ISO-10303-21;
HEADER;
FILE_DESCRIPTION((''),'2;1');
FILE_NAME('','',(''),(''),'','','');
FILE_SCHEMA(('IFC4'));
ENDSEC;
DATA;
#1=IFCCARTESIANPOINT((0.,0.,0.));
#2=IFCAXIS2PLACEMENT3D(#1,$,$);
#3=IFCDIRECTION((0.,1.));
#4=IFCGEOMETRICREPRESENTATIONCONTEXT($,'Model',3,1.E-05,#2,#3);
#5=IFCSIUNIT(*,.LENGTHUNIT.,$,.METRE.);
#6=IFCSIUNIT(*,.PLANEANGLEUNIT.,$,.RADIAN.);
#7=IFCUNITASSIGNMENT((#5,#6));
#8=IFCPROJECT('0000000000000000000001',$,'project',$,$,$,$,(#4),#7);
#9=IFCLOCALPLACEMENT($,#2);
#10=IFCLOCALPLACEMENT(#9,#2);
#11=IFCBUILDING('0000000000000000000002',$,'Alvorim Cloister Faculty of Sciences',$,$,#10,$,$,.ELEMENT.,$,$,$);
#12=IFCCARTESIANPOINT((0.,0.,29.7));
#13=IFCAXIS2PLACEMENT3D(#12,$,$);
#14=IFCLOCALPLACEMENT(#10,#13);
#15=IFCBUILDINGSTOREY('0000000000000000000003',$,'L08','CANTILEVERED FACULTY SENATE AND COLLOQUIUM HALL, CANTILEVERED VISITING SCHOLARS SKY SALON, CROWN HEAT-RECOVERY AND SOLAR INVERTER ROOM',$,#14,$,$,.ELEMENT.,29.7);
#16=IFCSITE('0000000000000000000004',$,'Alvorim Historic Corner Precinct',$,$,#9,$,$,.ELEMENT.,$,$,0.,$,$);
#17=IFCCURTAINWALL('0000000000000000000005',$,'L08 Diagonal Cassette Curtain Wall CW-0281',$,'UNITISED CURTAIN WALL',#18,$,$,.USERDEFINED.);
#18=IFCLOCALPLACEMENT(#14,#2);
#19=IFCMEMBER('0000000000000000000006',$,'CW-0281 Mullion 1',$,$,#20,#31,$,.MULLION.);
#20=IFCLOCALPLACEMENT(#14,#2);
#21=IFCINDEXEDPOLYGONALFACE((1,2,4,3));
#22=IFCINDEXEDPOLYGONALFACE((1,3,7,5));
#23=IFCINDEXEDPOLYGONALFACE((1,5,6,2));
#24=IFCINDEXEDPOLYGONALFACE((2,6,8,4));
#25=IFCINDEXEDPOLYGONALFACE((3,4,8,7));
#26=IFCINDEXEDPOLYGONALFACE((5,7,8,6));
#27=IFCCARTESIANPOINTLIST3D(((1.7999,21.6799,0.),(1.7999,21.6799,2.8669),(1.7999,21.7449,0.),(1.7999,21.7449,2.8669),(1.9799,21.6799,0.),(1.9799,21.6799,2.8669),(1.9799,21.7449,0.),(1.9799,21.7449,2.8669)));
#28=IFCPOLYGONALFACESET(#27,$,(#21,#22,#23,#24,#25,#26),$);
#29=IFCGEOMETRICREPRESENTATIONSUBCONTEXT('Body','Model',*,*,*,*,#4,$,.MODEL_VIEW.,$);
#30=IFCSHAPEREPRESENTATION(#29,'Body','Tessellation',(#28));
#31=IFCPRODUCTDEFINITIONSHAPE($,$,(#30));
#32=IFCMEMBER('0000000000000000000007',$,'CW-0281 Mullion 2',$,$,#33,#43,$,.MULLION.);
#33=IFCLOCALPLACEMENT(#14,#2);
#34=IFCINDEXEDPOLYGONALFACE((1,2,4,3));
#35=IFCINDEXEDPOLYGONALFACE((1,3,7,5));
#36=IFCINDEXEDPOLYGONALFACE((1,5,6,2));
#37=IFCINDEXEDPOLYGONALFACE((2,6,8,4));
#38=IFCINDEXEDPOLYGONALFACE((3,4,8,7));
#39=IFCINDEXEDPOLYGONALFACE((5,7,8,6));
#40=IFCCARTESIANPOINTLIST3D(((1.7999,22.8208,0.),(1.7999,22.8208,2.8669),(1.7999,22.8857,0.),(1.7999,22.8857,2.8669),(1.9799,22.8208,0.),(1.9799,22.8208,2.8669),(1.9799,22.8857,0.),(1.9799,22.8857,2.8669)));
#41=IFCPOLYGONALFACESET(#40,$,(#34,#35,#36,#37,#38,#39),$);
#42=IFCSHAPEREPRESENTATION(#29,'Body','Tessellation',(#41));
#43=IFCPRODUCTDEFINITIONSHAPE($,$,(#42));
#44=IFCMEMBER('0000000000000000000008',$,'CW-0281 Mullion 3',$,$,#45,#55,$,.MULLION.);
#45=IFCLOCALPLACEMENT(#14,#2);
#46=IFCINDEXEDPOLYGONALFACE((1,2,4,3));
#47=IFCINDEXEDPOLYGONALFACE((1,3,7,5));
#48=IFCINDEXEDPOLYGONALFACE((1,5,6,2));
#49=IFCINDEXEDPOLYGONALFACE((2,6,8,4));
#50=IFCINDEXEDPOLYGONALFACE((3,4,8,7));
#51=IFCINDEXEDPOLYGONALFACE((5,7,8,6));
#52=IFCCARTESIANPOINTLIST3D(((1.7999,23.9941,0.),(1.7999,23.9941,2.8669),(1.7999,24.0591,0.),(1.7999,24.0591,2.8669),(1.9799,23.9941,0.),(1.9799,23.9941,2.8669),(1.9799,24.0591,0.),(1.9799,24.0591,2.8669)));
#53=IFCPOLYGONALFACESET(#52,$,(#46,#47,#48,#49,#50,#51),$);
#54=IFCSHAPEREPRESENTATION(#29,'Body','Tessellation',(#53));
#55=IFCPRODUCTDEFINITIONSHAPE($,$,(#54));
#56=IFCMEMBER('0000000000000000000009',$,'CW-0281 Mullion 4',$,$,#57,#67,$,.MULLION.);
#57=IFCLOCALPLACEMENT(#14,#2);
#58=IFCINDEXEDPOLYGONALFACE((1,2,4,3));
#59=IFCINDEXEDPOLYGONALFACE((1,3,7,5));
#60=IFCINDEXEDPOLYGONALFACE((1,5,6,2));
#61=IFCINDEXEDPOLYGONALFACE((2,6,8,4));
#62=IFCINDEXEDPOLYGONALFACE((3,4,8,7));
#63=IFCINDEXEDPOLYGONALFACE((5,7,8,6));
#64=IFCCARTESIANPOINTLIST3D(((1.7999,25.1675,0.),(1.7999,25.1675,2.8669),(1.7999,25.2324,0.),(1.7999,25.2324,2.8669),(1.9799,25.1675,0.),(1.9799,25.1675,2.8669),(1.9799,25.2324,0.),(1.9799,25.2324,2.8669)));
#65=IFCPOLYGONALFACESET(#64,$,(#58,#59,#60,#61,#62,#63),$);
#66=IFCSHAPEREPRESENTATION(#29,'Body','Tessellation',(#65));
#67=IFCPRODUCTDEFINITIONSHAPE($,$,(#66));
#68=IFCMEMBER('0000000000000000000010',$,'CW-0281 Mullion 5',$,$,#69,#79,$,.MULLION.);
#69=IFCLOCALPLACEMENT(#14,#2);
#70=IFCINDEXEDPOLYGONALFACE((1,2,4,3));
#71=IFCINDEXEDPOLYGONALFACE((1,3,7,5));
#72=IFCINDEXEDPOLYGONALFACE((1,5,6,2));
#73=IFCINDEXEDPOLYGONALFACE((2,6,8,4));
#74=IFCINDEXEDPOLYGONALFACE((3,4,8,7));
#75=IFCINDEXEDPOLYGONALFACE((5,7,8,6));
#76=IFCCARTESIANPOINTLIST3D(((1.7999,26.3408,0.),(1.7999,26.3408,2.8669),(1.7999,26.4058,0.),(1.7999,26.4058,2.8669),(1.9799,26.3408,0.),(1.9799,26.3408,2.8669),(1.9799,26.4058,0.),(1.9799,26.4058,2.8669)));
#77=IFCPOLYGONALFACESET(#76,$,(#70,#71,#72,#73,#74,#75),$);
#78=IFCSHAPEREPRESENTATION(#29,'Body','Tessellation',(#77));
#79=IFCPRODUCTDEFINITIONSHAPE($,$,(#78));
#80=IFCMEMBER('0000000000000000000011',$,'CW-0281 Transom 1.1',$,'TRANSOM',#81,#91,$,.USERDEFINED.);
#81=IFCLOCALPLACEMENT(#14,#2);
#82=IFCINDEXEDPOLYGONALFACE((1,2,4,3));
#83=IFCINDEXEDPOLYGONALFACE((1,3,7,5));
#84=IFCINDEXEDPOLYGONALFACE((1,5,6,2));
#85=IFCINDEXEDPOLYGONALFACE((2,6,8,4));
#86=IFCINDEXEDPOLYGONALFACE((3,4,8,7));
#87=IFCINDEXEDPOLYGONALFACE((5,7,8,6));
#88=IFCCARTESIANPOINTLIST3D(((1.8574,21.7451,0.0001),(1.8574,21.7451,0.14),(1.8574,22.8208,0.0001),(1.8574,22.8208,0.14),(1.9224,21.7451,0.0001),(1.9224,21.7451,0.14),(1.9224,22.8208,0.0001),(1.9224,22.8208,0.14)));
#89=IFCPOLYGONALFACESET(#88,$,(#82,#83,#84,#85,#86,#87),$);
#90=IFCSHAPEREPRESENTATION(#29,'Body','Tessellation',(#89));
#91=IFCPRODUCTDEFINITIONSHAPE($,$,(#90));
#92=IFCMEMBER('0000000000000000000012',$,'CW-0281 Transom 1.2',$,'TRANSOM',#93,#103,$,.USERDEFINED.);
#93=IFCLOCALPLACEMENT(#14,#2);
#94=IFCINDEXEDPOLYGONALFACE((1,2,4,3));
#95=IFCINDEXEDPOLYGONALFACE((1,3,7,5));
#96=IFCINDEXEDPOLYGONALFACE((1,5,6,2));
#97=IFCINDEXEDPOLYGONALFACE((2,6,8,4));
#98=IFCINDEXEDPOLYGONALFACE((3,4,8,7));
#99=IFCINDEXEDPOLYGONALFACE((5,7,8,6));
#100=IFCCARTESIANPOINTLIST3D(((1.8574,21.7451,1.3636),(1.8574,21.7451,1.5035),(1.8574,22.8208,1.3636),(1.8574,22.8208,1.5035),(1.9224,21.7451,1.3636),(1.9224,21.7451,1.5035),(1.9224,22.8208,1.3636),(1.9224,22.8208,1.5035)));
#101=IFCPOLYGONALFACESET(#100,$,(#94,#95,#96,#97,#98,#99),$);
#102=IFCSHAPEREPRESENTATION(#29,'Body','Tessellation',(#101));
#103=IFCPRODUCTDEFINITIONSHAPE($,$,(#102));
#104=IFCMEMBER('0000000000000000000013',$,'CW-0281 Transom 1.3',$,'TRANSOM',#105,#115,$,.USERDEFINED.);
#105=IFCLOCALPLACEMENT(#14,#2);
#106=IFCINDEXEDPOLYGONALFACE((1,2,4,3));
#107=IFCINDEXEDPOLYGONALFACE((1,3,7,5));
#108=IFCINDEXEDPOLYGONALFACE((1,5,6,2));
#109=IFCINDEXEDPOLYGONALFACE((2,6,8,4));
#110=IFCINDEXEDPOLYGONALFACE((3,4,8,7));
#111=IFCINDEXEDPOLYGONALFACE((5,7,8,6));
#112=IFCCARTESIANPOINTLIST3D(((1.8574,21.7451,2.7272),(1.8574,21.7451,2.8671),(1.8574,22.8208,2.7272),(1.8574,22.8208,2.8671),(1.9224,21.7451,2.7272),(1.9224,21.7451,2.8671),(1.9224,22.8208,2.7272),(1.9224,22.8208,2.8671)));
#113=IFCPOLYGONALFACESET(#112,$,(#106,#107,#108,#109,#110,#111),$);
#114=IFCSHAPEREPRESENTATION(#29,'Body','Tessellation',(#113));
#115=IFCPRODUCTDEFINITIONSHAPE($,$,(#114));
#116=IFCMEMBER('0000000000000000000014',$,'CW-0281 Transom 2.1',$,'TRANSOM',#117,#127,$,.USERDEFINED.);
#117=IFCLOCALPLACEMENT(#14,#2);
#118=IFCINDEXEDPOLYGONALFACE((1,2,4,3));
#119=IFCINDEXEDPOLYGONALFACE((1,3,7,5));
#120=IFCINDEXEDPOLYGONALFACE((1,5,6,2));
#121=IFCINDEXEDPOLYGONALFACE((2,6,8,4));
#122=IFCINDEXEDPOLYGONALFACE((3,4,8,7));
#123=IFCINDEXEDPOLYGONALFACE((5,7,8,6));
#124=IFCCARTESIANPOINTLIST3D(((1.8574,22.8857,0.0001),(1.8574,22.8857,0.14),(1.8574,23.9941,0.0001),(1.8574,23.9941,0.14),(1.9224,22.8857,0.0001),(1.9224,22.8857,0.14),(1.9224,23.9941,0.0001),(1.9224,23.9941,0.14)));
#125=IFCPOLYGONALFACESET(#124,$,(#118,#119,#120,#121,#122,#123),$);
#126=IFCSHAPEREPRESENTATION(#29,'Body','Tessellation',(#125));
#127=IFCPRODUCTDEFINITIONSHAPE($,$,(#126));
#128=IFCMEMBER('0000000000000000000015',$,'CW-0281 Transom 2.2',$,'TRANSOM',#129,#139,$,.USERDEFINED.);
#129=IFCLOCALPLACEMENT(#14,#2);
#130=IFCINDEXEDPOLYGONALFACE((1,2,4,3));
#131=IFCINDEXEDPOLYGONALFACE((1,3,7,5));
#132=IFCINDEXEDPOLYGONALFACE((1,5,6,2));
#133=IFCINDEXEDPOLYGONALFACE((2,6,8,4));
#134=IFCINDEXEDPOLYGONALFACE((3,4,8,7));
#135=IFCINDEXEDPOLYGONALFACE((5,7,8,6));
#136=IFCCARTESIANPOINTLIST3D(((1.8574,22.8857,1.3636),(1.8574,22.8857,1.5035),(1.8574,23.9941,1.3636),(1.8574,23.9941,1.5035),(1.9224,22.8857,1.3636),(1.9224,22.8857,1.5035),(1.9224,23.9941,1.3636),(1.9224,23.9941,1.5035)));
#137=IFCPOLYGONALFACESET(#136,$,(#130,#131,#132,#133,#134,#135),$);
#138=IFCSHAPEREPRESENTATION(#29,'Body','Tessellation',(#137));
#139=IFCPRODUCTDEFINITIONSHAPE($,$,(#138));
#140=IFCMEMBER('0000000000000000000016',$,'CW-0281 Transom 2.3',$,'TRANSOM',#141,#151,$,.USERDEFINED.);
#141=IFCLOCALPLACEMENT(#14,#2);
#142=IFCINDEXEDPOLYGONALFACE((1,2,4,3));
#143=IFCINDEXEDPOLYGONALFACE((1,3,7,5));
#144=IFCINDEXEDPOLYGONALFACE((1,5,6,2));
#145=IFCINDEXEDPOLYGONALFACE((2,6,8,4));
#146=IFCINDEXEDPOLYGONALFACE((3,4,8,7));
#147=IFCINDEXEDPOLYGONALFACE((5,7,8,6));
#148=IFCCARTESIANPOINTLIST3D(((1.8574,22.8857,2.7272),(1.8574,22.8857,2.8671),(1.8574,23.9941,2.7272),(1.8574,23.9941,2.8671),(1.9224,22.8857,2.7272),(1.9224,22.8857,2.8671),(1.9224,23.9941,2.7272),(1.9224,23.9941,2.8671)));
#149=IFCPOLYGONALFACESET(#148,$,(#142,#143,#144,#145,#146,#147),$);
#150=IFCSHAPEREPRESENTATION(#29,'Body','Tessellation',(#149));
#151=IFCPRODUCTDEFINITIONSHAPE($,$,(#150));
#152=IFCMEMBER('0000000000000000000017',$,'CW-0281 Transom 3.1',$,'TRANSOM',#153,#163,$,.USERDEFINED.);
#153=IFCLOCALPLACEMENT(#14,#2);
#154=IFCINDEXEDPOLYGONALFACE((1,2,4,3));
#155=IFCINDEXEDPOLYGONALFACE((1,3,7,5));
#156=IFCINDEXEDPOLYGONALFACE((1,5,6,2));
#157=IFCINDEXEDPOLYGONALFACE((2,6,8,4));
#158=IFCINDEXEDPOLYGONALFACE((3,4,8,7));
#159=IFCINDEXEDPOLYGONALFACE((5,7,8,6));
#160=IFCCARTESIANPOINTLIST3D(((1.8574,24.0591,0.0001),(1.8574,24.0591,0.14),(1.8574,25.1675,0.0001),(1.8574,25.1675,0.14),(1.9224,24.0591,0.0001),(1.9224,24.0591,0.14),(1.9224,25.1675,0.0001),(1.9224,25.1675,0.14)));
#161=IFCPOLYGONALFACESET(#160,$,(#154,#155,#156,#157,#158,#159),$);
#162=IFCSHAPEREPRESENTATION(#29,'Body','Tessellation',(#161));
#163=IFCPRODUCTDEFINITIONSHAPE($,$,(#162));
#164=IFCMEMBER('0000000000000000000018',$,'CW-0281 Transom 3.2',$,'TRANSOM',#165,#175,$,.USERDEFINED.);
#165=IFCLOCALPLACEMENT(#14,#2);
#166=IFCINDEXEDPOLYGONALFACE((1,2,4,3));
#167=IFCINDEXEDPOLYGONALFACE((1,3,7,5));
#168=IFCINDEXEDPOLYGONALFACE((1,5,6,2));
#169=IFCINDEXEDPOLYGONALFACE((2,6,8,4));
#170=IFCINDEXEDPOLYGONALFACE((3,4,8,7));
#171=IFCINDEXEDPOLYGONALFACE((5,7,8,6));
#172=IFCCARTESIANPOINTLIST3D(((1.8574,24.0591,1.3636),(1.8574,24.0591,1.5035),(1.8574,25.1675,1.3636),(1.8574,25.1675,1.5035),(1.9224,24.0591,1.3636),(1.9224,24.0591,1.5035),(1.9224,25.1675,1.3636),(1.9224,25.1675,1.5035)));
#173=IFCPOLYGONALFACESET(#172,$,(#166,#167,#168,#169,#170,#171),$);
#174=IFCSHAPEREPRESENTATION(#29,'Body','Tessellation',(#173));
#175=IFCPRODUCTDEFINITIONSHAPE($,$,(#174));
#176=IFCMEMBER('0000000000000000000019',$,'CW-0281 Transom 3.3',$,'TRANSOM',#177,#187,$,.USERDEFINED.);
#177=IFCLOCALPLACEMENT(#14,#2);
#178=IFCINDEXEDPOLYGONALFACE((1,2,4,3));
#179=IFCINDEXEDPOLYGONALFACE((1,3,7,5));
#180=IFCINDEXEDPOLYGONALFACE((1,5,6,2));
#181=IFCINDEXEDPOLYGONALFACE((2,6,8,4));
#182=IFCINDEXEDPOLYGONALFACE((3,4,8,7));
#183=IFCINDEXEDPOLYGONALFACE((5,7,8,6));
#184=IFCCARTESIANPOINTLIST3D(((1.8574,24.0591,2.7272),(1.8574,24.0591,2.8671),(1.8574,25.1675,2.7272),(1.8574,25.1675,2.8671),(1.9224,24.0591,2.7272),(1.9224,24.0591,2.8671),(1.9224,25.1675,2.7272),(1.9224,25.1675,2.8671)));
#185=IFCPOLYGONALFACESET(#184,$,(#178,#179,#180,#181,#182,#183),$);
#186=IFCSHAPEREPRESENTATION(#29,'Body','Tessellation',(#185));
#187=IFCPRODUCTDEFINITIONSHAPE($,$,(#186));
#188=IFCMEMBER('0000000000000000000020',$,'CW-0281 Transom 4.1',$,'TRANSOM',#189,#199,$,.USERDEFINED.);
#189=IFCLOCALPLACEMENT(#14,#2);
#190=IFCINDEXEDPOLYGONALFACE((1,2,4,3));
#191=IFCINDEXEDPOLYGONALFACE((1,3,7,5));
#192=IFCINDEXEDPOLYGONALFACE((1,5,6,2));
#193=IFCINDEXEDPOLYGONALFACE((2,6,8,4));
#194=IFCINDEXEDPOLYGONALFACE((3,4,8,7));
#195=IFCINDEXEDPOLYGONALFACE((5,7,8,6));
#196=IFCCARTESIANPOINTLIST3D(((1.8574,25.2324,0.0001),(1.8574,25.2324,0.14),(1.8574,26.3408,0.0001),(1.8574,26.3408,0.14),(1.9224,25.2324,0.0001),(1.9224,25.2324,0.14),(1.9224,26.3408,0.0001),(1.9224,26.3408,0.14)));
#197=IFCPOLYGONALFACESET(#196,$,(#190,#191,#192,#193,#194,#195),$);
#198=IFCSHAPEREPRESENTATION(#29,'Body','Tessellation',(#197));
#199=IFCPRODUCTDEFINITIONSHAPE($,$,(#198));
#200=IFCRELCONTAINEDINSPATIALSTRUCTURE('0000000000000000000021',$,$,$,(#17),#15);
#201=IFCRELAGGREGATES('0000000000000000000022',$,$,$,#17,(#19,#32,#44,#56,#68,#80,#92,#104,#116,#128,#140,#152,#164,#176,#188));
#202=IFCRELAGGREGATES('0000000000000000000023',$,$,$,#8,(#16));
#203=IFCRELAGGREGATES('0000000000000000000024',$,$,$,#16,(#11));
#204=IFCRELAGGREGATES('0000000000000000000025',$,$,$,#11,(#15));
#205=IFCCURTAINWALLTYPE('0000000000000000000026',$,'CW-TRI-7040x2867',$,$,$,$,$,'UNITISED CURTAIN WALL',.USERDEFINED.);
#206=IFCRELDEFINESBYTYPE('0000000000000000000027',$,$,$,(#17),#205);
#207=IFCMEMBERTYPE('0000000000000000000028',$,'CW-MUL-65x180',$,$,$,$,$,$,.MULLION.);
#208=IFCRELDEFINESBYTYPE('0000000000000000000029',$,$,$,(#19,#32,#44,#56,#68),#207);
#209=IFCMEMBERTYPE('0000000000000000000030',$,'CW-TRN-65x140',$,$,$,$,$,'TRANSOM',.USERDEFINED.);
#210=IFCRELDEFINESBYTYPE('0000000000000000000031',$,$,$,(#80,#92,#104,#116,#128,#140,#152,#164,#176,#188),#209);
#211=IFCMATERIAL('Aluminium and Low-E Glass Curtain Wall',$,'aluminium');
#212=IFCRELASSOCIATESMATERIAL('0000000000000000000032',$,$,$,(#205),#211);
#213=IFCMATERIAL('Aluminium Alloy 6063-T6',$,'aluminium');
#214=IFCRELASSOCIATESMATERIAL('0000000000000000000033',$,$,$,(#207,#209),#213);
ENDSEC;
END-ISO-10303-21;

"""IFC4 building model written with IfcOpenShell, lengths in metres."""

from ifc_helpers import new_model, si_unit, direction, frame, origin, origin_2d, place, context, subcontext, project, spatial, rectangle, extrude, material, material_profile, profile_set, type_object, element, aggregate, save


model = new_model("IFC4")

# Units and contexts
model_context = context("Model", 3, precision=1e-05, world=origin(), true_north=direction((0.0, 1.0)))
body_context = subcontext(model_context, "Body", "Model", "MODEL_VIEW")
ifc_project = project(units=[si_unit("LENGTHUNIT", "METRE"), si_unit("PLANEANGLEUNIT", "RADIAN")], contexts=[model_context])

# Site, building, storey
site_placement = place(None, origin())
site = spatial("IfcSite", under=ifc_project, at=site_placement, Name="Alvorim Historic Corner Precinct", CompositionType="ELEMENT", RefElevation=0.0)
building_placement = place(site_placement, origin())
building = spatial("IfcBuilding", under=site, at=building_placement, Name="Alvorim Cloister Faculty of Sciences", CompositionType="ELEMENT")
storey_placement = place(building_placement, frame((0.0, 0.0, 29.7)))
storey = spatial("IfcBuildingStorey", under=building, at=storey_placement, Name="L08", Description="CANTILEVERED FACULTY SENATE AND COLLOQUIUM HALL, CANTILEVERED VISITING SCHOLARS SKY SALON, CROWN HEAT-RECOVERY AND SOLAR INVERTER ROOM", CompositionType="ELEMENT", Elevation=29.7)

# Curtain wall, members
ifc_material_1 = material(Name="Aluminium and Low-E Glass Curtain Wall", Category="aluminium")
curtain_wall_type = type_object("IfcCurtainWallType", Name="CW-TRI-7040x2867", ElementType="UNITISED CURTAIN WALL", PredefinedType="USERDEFINED", material=ifc_material_1)
curtain_wall_placement = place(storey_placement, origin())
curtain_wall = element("IfcCurtainWall", 1, at=curtain_wall_placement, inside=storey, type_object=curtain_wall_type, Name="L08 Diagonal Cassette Curtain Wall CW-0281", ObjectType="UNITISED CURTAIN WALL", PredefinedType="USERDEFINED")
ifc_material_2 = material(Name="Aluminium Alloy 6063-T6", Category="aluminium")
ifc_material_profile_1 = material_profile(ifc_material_2, rectangle(XDim=0.0649, YDim=0.1799, at=origin_2d()), Name="ALU-MUL-65x180")
ifc_profile_set_1 = profile_set([ifc_material_profile_1], Name="Aluminium Alloy 6063-T6")
member_type_1 = type_object("IfcMemberType", Name="CW-MUL-65x180", PredefinedType="MULLION", material=ifc_profile_set_1)
member_1_placement = place(storey_placement, frame((1.8899, 21.7124, 0.0), z_axis=(0.0, 0.0, 1.0), x_axis=(0.0, 1.0, 0.0)))
member_1 = element("IfcMember", 2, at=member_1_placement, type_object=member_type_1, Name="CW-0281 Mullion 1", PredefinedType="MULLION", context=body_context, shape_type="SweptSolid", body=[
    extrude(rectangle(XDim=0.0649, YDim=0.1799, at=origin_2d()), origin(), (0.0, 0.0, 1.0), 2.8669),
])
member_2_placement = place(storey_placement, frame((1.8899, 22.8533, 0.0), z_axis=(0.0, 0.0, 1.0), x_axis=(0.0, 1.0, 0.0)))
member_2 = element("IfcMember", 3, at=member_2_placement, type_object=member_type_1, Name="CW-0281 Mullion 2", PredefinedType="MULLION", context=body_context, shape_type="SweptSolid", body=[
    extrude(rectangle(XDim=0.0649, YDim=0.1799, at=origin_2d()), origin(), (0.0, 0.0, 1.0), 2.8669),
])
member_3_placement = place(storey_placement, frame((1.8899, 24.0266, 0.0), z_axis=(0.0, 0.0, 1.0), x_axis=(0.0, 1.0, 0.0)))
member_3 = element("IfcMember", 4, at=member_3_placement, type_object=member_type_1, Name="CW-0281 Mullion 3", PredefinedType="MULLION", context=body_context, shape_type="SweptSolid", body=[
    extrude(rectangle(XDim=0.0649, YDim=0.1799, at=origin_2d()), origin(), (0.0, 0.0, 1.0), 2.8669),
])
member_4_placement = place(storey_placement, frame((1.8899, 25.2, 0.0), z_axis=(0.0, 0.0, 1.0), x_axis=(0.0, 1.0, 0.0)))
member_4 = element("IfcMember", 5, at=member_4_placement, type_object=member_type_1, Name="CW-0281 Mullion 4", PredefinedType="MULLION", context=body_context, shape_type="SweptSolid", body=[
    extrude(rectangle(XDim=0.0649, YDim=0.1799, at=origin_2d()), origin(), (0.0, 0.0, 1.0), 2.8669),
])
member_5_placement = place(storey_placement, frame((1.8899, 26.3733, 0.0), z_axis=(0.0, 0.0, 1.0), x_axis=(0.0, 1.0, 0.0)))
member_5 = element("IfcMember", 6, at=member_5_placement, type_object=member_type_1, Name="CW-0281 Mullion 5", PredefinedType="MULLION", context=body_context, shape_type="SweptSolid", body=[
    extrude(rectangle(XDim=0.0649, YDim=0.1799, at=origin_2d()), origin(), (0.0, 0.0, 1.0), 2.8669),
])
ifc_material_profile_2 = material_profile(ifc_material_2, rectangle(XDim=0.0649, YDim=0.1399, at=origin_2d()), Name="ALU-TRN-65x140")
ifc_profile_set_2 = profile_set([ifc_material_profile_2], Name="Aluminium Alloy 6063-T6")
member_type_2 = type_object("IfcMemberType", Name="CW-TRN-65x140", ElementType="TRANSOM", PredefinedType="USERDEFINED", material=ifc_profile_set_2)
member_6_placement = place(storey_placement, frame((1.8899, 21.7451, 0.0701), z_axis=(0.0, 1.0, 0.0), x_axis=(-1.0, 0.0, 0.0)))
member_6 = element("IfcMember", 7, at=member_6_placement, type_object=member_type_2, Name="CW-0281 Transom 1.1", ObjectType="TRANSOM", PredefinedType="USERDEFINED", context=body_context, shape_type="SweptSolid", body=[
    extrude(rectangle(XDim=0.0649, YDim=0.1399, at=origin_2d()), origin(), (0.0, 0.0, 1.0), 1.0757),
])
member_7_placement = place(storey_placement, frame((1.8899, 21.7451, 1.4336), z_axis=(0.0, 1.0, 0.0), x_axis=(-1.0, 0.0, 0.0)))
member_7 = element("IfcMember", 8, at=member_7_placement, type_object=member_type_2, Name="CW-0281 Transom 1.2", ObjectType="TRANSOM", PredefinedType="USERDEFINED", context=body_context, shape_type="SweptSolid", body=[
    extrude(rectangle(XDim=0.0649, YDim=0.1399, at=origin_2d()), origin(), (0.0, 0.0, 1.0), 1.0757),
])
member_8_placement = place(storey_placement, frame((1.8899, 21.7451, 2.7971), z_axis=(0.0, 1.0, 0.0), x_axis=(-1.0, 0.0, 0.0)))
member_8 = element("IfcMember", 9, at=member_8_placement, type_object=member_type_2, Name="CW-0281 Transom 1.3", ObjectType="TRANSOM", PredefinedType="USERDEFINED", context=body_context, shape_type="SweptSolid", body=[
    extrude(rectangle(XDim=0.0649, YDim=0.1399, at=origin_2d()), origin(), (0.0, 0.0, 1.0), 1.0757),
])
member_9_placement = place(storey_placement, frame((1.8899, 22.8857, 0.0701), z_axis=(0.0, 1.0, 0.0), x_axis=(-1.0, 0.0, 0.0)))
member_9 = element("IfcMember", 10, at=member_9_placement, type_object=member_type_2, Name="CW-0281 Transom 2.1", ObjectType="TRANSOM", PredefinedType="USERDEFINED", context=body_context, shape_type="SweptSolid", body=[
    extrude(rectangle(XDim=0.0649, YDim=0.1399, at=origin_2d()), origin(), (0.0, 0.0, 1.0), 1.1084),
])
member_10_placement = place(storey_placement, frame((1.8899, 22.8857, 1.4336), z_axis=(0.0, 1.0, 0.0), x_axis=(-1.0, 0.0, 0.0)))
member_10 = element("IfcMember", 11, at=member_10_placement, type_object=member_type_2, Name="CW-0281 Transom 2.2", ObjectType="TRANSOM", PredefinedType="USERDEFINED", context=body_context, shape_type="SweptSolid", body=[
    extrude(rectangle(XDim=0.0649, YDim=0.1399, at=origin_2d()), origin(), (0.0, 0.0, 1.0), 1.1084),
])
member_11_placement = place(storey_placement, frame((1.8899, 22.8857, 2.7971), z_axis=(0.0, 1.0, 0.0), x_axis=(-1.0, 0.0, 0.0)))
member_11 = element("IfcMember", 12, at=member_11_placement, type_object=member_type_2, Name="CW-0281 Transom 2.3", ObjectType="TRANSOM", PredefinedType="USERDEFINED", context=body_context, shape_type="SweptSolid", body=[
    extrude(rectangle(XDim=0.0649, YDim=0.1399, at=origin_2d()), origin(), (0.0, 0.0, 1.0), 1.1084),
])
member_12_placement = place(storey_placement, frame((1.8899, 24.0591, 0.0701), z_axis=(0.0, 1.0, 0.0), x_axis=(-1.0, 0.0, 0.0)))
member_12 = element("IfcMember", 13, at=member_12_placement, type_object=member_type_2, Name="CW-0281 Transom 3.1", ObjectType="TRANSOM", PredefinedType="USERDEFINED", context=body_context, shape_type="SweptSolid", body=[
    extrude(rectangle(XDim=0.0649, YDim=0.1399, at=origin_2d()), origin(), (0.0, 0.0, 1.0), 1.1084),
])
member_13_placement = place(storey_placement, frame((1.8899, 24.0591, 1.4336), z_axis=(0.0, 1.0, 0.0), x_axis=(-1.0, 0.0, 0.0)))
member_13 = element("IfcMember", 14, at=member_13_placement, type_object=member_type_2, Name="CW-0281 Transom 3.2", ObjectType="TRANSOM", PredefinedType="USERDEFINED", context=body_context, shape_type="SweptSolid", body=[
    extrude(rectangle(XDim=0.0649, YDim=0.1399, at=origin_2d()), origin(), (0.0, 0.0, 1.0), 1.1084),
])
member_14_placement = place(storey_placement, frame((1.8899, 24.0591, 2.7971), z_axis=(0.0, 1.0, 0.0), x_axis=(-1.0, 0.0, 0.0)))
member_14 = element("IfcMember", 15, at=member_14_placement, type_object=member_type_2, Name="CW-0281 Transom 3.3", ObjectType="TRANSOM", PredefinedType="USERDEFINED", context=body_context, shape_type="SweptSolid", body=[
    extrude(rectangle(XDim=0.0649, YDim=0.1399, at=origin_2d()), origin(), (0.0, 0.0, 1.0), 1.1084),
])
member_15_placement = place(storey_placement, frame((1.8899, 25.2324, 0.0701), z_axis=(0.0, 1.0, 0.0), x_axis=(-1.0, 0.0, 0.0)))
member_15 = element("IfcMember", 16, at=member_15_placement, type_object=member_type_2, Name="CW-0281 Transom 4.1", ObjectType="TRANSOM", PredefinedType="USERDEFINED", context=body_context, shape_type="SweptSolid", body=[
    extrude(rectangle(XDim=0.0649, YDim=0.1399, at=origin_2d()), origin(), (0.0, 0.0, 1.0), 1.1084),
])
aggregate(curtain_wall, [member_1, member_2, member_3, member_4, member_5, member_6, member_7, member_8, member_9, member_10, member_11, member_12, member_13, member_14, member_15])

save(model, "model.ifc")
